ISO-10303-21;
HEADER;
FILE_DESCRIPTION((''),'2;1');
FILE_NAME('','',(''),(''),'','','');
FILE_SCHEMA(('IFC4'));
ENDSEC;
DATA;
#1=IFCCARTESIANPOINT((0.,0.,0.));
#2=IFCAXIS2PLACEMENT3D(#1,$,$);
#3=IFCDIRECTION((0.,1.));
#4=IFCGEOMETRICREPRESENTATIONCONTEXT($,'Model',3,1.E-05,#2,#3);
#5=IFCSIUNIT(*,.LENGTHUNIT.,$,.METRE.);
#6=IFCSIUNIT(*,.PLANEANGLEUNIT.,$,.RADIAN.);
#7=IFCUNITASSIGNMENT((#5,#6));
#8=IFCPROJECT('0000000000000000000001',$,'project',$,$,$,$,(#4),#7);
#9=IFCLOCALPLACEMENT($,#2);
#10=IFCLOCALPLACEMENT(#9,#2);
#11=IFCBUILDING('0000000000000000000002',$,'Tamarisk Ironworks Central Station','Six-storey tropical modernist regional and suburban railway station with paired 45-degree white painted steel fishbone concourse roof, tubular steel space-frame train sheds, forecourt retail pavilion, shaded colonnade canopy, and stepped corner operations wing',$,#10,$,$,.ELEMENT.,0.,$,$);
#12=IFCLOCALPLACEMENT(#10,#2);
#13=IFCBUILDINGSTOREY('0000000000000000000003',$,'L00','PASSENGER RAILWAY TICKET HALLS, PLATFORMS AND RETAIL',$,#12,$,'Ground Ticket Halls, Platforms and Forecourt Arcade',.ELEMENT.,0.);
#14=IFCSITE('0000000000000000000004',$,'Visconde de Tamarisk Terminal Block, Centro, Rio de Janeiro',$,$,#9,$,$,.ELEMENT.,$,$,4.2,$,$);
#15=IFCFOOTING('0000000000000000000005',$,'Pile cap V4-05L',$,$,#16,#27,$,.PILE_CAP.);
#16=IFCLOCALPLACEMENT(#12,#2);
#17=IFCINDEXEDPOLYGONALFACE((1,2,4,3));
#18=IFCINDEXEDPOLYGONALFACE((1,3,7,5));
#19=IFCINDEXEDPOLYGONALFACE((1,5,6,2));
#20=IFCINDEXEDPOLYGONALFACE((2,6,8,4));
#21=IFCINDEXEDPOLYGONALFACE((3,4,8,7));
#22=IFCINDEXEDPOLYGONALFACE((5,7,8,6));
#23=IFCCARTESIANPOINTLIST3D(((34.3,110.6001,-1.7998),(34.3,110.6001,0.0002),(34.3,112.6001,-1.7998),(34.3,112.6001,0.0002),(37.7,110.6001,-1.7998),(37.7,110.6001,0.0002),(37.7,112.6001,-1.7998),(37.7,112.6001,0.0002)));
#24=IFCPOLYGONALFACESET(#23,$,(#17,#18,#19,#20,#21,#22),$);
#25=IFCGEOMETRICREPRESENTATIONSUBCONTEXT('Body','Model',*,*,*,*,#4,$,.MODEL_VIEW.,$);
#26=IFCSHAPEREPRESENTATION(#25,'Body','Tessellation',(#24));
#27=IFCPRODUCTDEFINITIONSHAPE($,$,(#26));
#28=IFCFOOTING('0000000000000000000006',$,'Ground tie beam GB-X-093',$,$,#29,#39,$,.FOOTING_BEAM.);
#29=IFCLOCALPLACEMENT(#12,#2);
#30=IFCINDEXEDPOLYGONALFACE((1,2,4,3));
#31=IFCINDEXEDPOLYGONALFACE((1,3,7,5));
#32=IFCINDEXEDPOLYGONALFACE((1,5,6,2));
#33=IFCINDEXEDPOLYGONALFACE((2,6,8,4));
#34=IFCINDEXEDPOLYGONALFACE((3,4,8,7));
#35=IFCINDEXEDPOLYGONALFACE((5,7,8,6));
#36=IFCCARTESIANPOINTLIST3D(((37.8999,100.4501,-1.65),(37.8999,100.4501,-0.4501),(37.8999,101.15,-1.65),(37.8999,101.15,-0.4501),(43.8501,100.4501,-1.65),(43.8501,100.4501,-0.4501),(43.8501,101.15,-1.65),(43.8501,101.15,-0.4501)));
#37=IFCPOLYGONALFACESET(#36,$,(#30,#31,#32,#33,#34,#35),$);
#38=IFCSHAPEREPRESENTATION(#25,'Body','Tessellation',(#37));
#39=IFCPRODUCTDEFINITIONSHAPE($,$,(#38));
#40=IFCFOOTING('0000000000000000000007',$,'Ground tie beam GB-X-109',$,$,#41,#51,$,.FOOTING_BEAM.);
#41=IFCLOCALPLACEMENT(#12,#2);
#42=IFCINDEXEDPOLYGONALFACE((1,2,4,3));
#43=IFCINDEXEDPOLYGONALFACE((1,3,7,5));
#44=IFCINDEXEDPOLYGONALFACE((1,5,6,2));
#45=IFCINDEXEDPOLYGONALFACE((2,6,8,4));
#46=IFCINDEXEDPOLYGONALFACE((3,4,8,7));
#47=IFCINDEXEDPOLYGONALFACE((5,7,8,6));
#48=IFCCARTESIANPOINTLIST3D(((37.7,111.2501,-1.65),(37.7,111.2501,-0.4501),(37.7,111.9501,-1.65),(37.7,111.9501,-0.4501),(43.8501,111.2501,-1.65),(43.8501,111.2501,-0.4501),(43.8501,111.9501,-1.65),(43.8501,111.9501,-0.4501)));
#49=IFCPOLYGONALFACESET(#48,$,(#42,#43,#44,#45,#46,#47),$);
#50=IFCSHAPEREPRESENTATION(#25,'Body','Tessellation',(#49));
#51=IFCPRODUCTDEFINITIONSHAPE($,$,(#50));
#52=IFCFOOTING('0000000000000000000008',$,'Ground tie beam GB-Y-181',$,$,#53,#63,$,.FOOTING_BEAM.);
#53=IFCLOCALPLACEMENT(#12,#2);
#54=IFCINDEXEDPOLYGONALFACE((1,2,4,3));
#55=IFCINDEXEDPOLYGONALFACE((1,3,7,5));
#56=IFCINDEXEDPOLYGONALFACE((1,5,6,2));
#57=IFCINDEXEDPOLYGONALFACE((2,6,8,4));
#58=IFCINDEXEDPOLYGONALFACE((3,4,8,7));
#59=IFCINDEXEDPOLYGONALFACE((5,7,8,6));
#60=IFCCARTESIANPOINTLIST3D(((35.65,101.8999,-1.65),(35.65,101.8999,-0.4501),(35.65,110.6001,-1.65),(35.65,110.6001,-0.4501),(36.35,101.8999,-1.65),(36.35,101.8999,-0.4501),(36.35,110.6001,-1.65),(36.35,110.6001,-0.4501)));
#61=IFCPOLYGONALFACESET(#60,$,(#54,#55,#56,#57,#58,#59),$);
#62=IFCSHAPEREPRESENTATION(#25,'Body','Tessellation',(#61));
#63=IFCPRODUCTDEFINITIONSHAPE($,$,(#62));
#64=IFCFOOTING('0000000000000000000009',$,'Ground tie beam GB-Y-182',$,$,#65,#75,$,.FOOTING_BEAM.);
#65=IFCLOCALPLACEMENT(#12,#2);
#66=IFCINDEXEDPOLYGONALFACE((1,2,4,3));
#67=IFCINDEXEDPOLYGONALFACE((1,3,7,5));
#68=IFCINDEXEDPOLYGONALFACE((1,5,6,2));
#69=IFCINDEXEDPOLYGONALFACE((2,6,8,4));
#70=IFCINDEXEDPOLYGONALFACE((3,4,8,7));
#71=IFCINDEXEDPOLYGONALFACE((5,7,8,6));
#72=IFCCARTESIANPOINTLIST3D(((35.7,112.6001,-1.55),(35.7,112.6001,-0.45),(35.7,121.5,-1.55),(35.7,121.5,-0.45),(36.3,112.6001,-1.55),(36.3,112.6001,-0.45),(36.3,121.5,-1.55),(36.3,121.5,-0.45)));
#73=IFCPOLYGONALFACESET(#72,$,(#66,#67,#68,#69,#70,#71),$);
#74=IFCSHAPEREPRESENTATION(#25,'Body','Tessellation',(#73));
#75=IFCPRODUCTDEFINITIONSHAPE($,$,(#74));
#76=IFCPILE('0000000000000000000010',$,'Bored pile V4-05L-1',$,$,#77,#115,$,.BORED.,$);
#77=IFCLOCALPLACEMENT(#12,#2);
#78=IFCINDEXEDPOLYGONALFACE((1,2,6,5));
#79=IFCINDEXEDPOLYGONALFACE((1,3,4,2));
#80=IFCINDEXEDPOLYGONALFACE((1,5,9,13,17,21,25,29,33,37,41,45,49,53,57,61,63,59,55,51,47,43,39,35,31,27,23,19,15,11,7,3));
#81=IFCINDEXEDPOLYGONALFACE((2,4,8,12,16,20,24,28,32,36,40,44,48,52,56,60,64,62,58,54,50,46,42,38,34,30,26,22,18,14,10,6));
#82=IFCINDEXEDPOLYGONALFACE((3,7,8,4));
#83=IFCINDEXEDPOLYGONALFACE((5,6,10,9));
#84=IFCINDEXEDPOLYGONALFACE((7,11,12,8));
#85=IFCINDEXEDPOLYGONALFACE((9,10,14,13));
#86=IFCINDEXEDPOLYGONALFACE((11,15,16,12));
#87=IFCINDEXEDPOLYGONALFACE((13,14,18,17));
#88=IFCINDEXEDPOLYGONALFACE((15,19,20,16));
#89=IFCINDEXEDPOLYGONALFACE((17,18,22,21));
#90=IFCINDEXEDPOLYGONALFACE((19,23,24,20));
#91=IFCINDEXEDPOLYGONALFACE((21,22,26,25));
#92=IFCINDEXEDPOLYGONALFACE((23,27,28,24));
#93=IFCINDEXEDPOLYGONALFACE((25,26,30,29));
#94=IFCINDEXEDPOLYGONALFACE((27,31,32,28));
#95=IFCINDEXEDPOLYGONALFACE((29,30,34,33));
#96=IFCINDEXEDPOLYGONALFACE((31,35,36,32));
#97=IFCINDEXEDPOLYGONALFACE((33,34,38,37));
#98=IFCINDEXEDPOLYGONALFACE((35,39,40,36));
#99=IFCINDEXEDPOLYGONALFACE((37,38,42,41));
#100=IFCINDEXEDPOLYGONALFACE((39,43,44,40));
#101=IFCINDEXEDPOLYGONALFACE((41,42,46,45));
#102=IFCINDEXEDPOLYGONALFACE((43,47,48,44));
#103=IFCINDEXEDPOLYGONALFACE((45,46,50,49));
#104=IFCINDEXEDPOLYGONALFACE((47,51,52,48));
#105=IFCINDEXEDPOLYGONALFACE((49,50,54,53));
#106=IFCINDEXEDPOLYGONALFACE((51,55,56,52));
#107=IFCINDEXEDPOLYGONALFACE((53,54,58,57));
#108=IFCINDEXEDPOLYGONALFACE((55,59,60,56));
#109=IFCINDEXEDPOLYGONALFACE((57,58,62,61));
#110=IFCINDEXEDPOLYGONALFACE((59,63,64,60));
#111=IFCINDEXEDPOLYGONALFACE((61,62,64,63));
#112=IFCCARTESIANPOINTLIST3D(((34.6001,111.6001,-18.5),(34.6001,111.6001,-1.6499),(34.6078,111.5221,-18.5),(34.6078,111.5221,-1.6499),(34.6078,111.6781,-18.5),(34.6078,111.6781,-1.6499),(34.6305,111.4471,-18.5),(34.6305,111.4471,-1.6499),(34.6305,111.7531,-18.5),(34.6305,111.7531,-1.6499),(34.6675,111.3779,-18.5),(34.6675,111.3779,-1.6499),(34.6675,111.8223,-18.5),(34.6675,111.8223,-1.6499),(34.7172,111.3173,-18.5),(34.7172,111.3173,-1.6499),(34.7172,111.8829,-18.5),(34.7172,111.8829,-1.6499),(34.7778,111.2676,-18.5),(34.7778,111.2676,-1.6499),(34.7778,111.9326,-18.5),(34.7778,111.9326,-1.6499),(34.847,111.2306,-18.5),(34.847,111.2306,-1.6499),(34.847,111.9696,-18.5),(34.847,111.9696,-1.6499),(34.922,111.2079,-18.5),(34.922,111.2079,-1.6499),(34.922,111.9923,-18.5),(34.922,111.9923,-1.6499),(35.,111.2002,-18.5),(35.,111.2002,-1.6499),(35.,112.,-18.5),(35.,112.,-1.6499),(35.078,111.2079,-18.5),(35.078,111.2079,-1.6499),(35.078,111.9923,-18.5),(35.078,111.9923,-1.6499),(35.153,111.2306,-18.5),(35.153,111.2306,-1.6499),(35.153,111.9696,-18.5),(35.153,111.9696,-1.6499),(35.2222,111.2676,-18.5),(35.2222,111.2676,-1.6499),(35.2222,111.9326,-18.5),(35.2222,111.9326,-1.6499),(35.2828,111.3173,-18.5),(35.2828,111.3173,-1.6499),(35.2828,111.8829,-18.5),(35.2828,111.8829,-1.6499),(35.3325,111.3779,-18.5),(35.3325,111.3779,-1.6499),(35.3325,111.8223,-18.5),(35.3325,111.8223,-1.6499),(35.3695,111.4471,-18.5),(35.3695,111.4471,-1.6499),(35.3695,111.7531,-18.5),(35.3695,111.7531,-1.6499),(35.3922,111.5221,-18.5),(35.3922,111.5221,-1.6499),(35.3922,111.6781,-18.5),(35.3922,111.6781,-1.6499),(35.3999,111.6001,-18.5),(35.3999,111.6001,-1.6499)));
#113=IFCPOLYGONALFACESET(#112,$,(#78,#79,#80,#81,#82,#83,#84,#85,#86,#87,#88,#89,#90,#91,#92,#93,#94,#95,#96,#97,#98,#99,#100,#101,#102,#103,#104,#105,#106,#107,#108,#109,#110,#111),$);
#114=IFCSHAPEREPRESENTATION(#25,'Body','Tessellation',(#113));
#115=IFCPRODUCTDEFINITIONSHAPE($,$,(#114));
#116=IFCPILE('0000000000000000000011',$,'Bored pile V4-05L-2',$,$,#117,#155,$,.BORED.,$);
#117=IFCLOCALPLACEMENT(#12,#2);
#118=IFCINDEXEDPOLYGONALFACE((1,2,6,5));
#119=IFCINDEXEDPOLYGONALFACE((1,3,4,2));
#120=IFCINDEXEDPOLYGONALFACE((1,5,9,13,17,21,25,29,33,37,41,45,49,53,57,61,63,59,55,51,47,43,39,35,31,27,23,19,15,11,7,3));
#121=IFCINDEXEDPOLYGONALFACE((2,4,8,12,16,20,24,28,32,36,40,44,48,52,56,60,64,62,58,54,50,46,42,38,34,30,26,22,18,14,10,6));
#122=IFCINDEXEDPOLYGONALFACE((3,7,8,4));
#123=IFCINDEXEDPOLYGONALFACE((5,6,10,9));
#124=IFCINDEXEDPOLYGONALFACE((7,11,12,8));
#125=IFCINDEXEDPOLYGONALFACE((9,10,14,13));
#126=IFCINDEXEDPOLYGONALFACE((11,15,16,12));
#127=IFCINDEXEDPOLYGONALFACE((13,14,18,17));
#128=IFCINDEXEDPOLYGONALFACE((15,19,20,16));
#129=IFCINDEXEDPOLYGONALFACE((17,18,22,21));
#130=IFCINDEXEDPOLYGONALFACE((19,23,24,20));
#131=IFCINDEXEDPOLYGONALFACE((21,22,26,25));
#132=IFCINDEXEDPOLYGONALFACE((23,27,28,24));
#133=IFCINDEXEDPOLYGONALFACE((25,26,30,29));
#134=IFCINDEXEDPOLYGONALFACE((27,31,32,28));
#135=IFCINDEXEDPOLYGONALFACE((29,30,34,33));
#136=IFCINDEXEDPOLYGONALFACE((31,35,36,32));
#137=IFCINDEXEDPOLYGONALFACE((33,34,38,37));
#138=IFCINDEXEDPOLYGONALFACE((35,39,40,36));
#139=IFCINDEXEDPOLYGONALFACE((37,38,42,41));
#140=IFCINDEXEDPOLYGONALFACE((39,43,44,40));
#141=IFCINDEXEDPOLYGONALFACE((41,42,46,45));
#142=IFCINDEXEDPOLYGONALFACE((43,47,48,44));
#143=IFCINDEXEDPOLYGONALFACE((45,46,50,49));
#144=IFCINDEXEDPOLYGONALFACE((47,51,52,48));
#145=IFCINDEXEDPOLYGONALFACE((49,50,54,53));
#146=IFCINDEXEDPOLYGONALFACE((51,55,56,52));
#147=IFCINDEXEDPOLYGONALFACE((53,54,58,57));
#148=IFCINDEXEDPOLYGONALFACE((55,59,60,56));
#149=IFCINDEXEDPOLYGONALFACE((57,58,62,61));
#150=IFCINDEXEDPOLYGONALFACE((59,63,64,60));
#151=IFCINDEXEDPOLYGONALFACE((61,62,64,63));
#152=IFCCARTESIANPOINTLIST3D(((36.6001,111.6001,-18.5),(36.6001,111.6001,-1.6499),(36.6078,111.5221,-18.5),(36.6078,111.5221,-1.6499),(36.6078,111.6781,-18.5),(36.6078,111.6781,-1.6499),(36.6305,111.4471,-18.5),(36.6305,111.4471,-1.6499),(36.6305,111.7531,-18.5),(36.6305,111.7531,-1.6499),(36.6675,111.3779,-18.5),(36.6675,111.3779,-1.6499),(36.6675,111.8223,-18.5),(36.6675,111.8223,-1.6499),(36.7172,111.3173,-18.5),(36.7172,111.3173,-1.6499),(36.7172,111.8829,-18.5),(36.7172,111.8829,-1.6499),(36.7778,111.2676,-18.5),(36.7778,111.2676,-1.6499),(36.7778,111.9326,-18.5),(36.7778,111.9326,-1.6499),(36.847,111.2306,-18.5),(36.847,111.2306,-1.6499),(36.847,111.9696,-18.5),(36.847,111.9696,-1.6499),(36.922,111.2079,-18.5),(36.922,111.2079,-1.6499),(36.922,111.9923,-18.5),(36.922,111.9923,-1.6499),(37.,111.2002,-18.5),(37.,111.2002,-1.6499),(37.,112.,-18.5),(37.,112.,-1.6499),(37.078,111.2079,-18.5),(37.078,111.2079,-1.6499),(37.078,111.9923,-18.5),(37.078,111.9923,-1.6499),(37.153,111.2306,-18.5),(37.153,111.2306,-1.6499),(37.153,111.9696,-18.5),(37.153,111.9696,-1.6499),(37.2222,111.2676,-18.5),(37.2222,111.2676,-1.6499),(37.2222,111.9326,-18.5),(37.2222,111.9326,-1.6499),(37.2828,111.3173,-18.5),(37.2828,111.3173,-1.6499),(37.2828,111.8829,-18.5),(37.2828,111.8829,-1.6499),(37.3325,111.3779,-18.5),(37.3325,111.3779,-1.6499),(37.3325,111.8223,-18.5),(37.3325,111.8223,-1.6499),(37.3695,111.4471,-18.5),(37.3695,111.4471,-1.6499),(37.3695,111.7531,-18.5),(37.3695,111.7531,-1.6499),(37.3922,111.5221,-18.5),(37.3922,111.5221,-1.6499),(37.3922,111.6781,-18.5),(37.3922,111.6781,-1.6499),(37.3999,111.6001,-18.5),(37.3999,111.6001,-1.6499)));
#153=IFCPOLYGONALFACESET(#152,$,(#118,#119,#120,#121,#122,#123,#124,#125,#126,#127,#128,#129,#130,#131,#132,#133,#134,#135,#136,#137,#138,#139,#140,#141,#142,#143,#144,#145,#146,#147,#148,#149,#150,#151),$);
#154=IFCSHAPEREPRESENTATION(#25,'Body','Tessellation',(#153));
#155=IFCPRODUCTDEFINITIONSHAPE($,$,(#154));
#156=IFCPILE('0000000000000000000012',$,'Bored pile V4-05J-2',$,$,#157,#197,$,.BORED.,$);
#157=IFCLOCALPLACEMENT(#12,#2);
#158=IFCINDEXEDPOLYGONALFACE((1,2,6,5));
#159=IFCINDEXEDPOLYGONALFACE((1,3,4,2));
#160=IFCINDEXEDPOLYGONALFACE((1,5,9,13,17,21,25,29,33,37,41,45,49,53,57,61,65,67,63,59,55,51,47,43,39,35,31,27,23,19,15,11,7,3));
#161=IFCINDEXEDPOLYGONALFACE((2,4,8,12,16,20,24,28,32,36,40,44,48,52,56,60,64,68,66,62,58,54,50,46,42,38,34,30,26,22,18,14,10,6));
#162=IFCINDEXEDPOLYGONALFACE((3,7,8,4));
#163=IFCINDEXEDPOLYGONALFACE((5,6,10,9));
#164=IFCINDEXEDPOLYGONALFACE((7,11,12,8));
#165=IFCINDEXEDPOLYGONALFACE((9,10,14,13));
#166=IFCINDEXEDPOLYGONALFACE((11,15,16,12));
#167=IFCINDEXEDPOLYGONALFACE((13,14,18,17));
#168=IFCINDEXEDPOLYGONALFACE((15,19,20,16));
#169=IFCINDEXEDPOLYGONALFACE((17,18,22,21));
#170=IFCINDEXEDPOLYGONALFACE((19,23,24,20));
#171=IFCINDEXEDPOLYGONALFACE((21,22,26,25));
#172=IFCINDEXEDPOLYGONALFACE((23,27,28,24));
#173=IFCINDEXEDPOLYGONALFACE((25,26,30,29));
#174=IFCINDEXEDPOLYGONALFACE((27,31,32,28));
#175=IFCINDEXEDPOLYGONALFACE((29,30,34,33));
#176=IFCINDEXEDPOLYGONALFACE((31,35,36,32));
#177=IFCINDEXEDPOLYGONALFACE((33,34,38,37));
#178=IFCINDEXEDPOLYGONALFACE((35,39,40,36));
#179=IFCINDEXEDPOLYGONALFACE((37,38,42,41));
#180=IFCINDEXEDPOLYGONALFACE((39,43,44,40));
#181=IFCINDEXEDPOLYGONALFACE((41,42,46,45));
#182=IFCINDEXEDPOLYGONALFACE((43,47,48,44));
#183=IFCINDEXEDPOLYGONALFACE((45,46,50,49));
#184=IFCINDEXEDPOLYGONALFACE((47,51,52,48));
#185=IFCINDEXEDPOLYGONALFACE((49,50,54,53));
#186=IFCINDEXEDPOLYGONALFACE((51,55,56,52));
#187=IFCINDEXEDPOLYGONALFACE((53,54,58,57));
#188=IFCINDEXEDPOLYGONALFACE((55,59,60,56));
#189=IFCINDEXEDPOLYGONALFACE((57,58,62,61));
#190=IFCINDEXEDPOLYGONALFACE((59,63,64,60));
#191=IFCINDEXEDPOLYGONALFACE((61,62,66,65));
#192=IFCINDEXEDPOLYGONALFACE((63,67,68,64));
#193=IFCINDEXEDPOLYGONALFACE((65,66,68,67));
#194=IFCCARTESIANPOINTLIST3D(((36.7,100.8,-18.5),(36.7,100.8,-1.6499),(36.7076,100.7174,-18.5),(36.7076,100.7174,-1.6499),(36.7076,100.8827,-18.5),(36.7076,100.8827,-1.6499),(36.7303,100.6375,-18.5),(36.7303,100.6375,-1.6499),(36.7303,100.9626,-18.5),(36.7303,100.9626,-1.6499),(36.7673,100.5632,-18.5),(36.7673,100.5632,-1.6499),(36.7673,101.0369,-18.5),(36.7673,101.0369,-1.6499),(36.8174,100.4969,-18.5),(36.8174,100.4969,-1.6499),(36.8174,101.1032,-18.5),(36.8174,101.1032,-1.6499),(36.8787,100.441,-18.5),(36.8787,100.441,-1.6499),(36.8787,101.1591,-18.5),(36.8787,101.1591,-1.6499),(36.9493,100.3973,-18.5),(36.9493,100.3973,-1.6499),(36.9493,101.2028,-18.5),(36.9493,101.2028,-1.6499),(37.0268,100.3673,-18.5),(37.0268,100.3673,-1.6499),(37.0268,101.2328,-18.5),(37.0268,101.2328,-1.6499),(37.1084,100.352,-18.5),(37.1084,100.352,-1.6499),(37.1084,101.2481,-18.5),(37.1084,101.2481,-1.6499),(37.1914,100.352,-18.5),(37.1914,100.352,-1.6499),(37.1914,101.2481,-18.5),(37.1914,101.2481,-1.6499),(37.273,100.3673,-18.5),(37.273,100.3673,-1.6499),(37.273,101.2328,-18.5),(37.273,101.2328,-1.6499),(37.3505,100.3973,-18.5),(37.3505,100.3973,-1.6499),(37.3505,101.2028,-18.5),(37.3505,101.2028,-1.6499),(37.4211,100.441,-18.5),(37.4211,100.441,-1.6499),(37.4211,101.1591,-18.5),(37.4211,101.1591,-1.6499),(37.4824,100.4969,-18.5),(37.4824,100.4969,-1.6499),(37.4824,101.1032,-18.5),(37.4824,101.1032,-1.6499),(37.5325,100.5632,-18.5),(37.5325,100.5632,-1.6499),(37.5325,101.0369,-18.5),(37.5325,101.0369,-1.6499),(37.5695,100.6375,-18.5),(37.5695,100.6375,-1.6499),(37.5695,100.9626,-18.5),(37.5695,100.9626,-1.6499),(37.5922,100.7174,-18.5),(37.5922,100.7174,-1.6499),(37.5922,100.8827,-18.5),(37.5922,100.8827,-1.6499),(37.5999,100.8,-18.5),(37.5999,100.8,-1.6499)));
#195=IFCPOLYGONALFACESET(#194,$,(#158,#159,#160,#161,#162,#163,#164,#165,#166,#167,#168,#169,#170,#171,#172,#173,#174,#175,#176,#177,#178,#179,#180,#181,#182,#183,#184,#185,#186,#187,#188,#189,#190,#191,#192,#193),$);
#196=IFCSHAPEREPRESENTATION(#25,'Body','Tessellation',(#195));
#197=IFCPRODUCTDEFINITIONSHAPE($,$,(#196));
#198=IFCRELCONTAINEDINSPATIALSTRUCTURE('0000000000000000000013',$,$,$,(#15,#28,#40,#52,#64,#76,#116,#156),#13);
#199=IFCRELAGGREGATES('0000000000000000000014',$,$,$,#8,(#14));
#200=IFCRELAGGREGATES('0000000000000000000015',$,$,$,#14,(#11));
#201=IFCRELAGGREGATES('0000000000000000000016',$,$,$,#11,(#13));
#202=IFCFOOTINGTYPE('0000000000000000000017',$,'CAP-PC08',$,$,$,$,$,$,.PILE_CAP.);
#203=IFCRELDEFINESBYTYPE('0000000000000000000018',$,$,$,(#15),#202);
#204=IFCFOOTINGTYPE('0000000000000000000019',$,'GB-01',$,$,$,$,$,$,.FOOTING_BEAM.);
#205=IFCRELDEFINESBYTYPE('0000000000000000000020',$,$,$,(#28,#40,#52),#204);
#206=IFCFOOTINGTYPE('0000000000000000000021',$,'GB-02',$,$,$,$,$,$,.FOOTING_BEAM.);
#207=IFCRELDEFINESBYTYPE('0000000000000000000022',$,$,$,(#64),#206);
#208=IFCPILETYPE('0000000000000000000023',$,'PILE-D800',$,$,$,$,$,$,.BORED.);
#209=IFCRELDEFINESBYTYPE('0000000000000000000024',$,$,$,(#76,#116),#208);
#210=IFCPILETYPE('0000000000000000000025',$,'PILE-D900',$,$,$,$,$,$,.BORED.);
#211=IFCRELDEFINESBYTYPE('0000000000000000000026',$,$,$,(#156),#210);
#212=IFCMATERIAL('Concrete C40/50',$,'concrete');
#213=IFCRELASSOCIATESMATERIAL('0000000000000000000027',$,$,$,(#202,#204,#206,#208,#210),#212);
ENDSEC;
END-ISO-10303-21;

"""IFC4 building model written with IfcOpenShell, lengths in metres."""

from ifc_helpers import new_model, si_unit, direction, frame, origin, origin_2d, place, context, subcontext, project, spatial, rectangle, circle, extrude, material, material_profile, profile_set, type_object, element, save


model = new_model("IFC4")

# Units and contexts
model_context = context("Model", 3, precision=1e-05, world=origin(), true_north=direction((0.0, 1.0)))
body_context = subcontext(model_context, "Body", "Model", "MODEL_VIEW")
ifc_project = project(units=[si_unit("LENGTHUNIT", "METRE"), si_unit("PLANEANGLEUNIT", "RADIAN")], contexts=[model_context])

# Site, building, storey
site_placement = place(None, origin())
site = spatial("IfcSite", under=ifc_project, at=site_placement, Name="Visconde de Tamarisk Terminal Block, Centro, Rio de Janeiro", CompositionType="ELEMENT", RefElevation=4.2)
building_placement = place(site_placement, origin())
building = spatial("IfcBuilding", under=site, at=building_placement, Name="Tamarisk Ironworks Central Station", Description="Six-storey tropical modernist regional and suburban railway station with paired 45-degree white painted steel fishbone concourse roof, tubular steel space-frame train sheds, forecourt retail pavilion, shaded colonnade canopy, and stepped corner operations wing", CompositionType="ELEMENT", ElevationOfRefHeight=0.0)
storey_placement = place(building_placement, origin())
storey = spatial("IfcBuildingStorey", under=building, at=storey_placement, Name="L00", Description="PASSENGER RAILWAY TICKET HALLS, PLATFORMS AND RETAIL", LongName="Ground Ticket Halls, Platforms and Forecourt Arcade", CompositionType="ELEMENT", Elevation=0.0)

# Footings
ifc_material_1 = material(Name="Concrete C40/50", Category="concrete")
footing_type_1 = type_object("IfcFootingType", Name="CAP-PC08", PredefinedType="PILE_CAP", material=ifc_material_1)
footing_1_placement = place(storey_placement, frame((36.0, 111.6001, -1.7998), z_axis=(0.0, 0.0, 1.0), x_axis=(1.0, 0.0, 0.0)))
element("IfcFooting", 1, at=footing_1_placement, inside=storey, type_object=footing_type_1, Name="Pile cap V4-05L", PredefinedType="PILE_CAP", context=body_context, shape_type="SweptSolid", body=[
    extrude(rectangle(XDim=3.3999, YDim=2.0, at=origin_2d()), origin(), (0.0, 0.0, 1.0), 1.8),
])
ifc_material_profile_1 = material_profile(ifc_material_1, rectangle(XDim=0.7, YDim=1.2, at=origin_2d()), Name="GB01 700x1200")
ifc_profile_set_1 = profile_set([ifc_material_profile_1], Name="Concrete C40/50")
footing_type_2 = type_object("IfcFootingType", Name="GB-01", PredefinedType="FOOTING_BEAM", material=ifc_profile_set_1)
footing_2_placement = place(storey_placement, frame((37.8999, 100.8, -1.05), z_axis=(1.0, 0.0, 0.0), x_axis=(0.0, 1.0, 0.0)))
element("IfcFooting", 2, at=footing_2_placement, inside=storey, type_object=footing_type_2, Name="Ground tie beam GB-X-093", PredefinedType="FOOTING_BEAM", context=body_context, shape_type="SweptSolid", body=[
    extrude(rectangle(XDim=0.7, YDim=1.2, at=origin_2d()), origin(), (0.0, 0.0, 1.0), 5.9502),
])
footing_3_placement = place(storey_placement, frame((37.7, 111.6001, -1.05), z_axis=(1.0, 0.0, 0.0), x_axis=(0.0, 1.0, 0.0)))
element("IfcFooting", 3, at=footing_3_placement, inside=storey, type_object=footing_type_2, Name="Ground tie beam GB-X-109", PredefinedType="FOOTING_BEAM", context=body_context, shape_type="SweptSolid", body=[
    extrude(rectangle(XDim=0.7, YDim=1.2, at=origin_2d()), origin(), (0.0, 0.0, 1.0), 6.1501),
])
footing_4_placement = place(storey_placement, frame((36.0, 101.8999, -1.05), z_axis=(0.0, 1.0, 0.0), x_axis=(-1.0, 0.0, 0.0)))
element("IfcFooting", 4, at=footing_4_placement, inside=storey, type_object=footing_type_2, Name="Ground tie beam GB-Y-181", PredefinedType="FOOTING_BEAM", context=body_context, shape_type="SweptSolid", body=[
    extrude(rectangle(XDim=0.7, YDim=1.2, at=origin_2d()), origin(), (0.0, 0.0, 1.0), 8.7002),
])
ifc_material_profile_2 = material_profile(ifc_material_1, rectangle(XDim=0.6001, YDim=1.1001, at=origin_2d()), Name="GB02 600x1100")
ifc_profile_set_2 = profile_set([ifc_material_profile_2], Name="Concrete C40/50")
footing_type_3 = type_object("IfcFootingType", Name="GB-02", PredefinedType="FOOTING_BEAM", material=ifc_profile_set_2)
footing_5_placement = place(storey_placement, frame((36.0, 112.6001, -1.0), z_axis=(0.0, 1.0, 0.0), x_axis=(-1.0, 0.0, 0.0)))
element("IfcFooting", 5, at=footing_5_placement, inside=storey, type_object=footing_type_3, Name="Ground tie beam GB-Y-182", PredefinedType="FOOTING_BEAM", context=body_context, shape_type="SweptSolid", body=[
    extrude(rectangle(XDim=0.6001, YDim=1.1001, at=origin_2d()), origin(), (0.0, 0.0, 1.0), 8.8999),
])

# Piles
ifc_material_profile_3 = material_profile(ifc_material_1, circle(Radius=0.3999, at=origin_2d()), Name="BORED PILE D800")
ifc_profile_set_3 = profile_set([ifc_material_profile_3], Name="Concrete C40/50")
pile_type_1 = type_object("IfcPileType", Name="PILE-D800", PredefinedType="BORED", material=ifc_profile_set_3)
for number, where, z_axis, x_axis, name in (
    (6, (35.0, 111.6001, -1.6499), (0.0, 0.0, -1.0), (1.0, 0.0, 0.0), "Bored pile V4-05L-1"),
    (7, (37.0, 111.6001, -1.6499), (0.0, 0.0, -1.0), (1.0, 0.0, 0.0), "Bored pile V4-05L-2"),
):
    element("IfcPile", number, at=place(storey_placement, frame(where, z_axis=z_axis, x_axis=x_axis)), inside=storey, type_object=pile_type_1, Name=name, PredefinedType="BORED", context=body_context, shape_type="SweptSolid", body=[
        extrude(circle(Radius=0.3999, at=origin_2d()), origin(), (0.0, 0.0, 1.0), 16.8501),
    ])
ifc_material_profile_4 = material_profile(ifc_material_1, circle(Radius=0.45, at=origin_2d()), Name="BORED PILE D900")
ifc_profile_set_4 = profile_set([ifc_material_profile_4], Name="Concrete C40/50")
pile_type_2 = type_object("IfcPileType", Name="PILE-D900", PredefinedType="BORED", material=ifc_profile_set_4)
pile_placement = place(storey_placement, frame((37.1499, 100.8, -1.6499), z_axis=(0.0, 0.0, -1.0), x_axis=(1.0, 0.0, 0.0)))
element("IfcPile", 8, at=pile_placement, inside=storey, type_object=pile_type_2, Name="Bored pile V4-05J-2", PredefinedType="BORED", context=body_context, shape_type="SweptSolid", body=[
    extrude(circle(Radius=0.45, at=origin_2d()), origin(), (0.0, 0.0, 1.0), 16.8501),
])

save(model, "model.ifc")
